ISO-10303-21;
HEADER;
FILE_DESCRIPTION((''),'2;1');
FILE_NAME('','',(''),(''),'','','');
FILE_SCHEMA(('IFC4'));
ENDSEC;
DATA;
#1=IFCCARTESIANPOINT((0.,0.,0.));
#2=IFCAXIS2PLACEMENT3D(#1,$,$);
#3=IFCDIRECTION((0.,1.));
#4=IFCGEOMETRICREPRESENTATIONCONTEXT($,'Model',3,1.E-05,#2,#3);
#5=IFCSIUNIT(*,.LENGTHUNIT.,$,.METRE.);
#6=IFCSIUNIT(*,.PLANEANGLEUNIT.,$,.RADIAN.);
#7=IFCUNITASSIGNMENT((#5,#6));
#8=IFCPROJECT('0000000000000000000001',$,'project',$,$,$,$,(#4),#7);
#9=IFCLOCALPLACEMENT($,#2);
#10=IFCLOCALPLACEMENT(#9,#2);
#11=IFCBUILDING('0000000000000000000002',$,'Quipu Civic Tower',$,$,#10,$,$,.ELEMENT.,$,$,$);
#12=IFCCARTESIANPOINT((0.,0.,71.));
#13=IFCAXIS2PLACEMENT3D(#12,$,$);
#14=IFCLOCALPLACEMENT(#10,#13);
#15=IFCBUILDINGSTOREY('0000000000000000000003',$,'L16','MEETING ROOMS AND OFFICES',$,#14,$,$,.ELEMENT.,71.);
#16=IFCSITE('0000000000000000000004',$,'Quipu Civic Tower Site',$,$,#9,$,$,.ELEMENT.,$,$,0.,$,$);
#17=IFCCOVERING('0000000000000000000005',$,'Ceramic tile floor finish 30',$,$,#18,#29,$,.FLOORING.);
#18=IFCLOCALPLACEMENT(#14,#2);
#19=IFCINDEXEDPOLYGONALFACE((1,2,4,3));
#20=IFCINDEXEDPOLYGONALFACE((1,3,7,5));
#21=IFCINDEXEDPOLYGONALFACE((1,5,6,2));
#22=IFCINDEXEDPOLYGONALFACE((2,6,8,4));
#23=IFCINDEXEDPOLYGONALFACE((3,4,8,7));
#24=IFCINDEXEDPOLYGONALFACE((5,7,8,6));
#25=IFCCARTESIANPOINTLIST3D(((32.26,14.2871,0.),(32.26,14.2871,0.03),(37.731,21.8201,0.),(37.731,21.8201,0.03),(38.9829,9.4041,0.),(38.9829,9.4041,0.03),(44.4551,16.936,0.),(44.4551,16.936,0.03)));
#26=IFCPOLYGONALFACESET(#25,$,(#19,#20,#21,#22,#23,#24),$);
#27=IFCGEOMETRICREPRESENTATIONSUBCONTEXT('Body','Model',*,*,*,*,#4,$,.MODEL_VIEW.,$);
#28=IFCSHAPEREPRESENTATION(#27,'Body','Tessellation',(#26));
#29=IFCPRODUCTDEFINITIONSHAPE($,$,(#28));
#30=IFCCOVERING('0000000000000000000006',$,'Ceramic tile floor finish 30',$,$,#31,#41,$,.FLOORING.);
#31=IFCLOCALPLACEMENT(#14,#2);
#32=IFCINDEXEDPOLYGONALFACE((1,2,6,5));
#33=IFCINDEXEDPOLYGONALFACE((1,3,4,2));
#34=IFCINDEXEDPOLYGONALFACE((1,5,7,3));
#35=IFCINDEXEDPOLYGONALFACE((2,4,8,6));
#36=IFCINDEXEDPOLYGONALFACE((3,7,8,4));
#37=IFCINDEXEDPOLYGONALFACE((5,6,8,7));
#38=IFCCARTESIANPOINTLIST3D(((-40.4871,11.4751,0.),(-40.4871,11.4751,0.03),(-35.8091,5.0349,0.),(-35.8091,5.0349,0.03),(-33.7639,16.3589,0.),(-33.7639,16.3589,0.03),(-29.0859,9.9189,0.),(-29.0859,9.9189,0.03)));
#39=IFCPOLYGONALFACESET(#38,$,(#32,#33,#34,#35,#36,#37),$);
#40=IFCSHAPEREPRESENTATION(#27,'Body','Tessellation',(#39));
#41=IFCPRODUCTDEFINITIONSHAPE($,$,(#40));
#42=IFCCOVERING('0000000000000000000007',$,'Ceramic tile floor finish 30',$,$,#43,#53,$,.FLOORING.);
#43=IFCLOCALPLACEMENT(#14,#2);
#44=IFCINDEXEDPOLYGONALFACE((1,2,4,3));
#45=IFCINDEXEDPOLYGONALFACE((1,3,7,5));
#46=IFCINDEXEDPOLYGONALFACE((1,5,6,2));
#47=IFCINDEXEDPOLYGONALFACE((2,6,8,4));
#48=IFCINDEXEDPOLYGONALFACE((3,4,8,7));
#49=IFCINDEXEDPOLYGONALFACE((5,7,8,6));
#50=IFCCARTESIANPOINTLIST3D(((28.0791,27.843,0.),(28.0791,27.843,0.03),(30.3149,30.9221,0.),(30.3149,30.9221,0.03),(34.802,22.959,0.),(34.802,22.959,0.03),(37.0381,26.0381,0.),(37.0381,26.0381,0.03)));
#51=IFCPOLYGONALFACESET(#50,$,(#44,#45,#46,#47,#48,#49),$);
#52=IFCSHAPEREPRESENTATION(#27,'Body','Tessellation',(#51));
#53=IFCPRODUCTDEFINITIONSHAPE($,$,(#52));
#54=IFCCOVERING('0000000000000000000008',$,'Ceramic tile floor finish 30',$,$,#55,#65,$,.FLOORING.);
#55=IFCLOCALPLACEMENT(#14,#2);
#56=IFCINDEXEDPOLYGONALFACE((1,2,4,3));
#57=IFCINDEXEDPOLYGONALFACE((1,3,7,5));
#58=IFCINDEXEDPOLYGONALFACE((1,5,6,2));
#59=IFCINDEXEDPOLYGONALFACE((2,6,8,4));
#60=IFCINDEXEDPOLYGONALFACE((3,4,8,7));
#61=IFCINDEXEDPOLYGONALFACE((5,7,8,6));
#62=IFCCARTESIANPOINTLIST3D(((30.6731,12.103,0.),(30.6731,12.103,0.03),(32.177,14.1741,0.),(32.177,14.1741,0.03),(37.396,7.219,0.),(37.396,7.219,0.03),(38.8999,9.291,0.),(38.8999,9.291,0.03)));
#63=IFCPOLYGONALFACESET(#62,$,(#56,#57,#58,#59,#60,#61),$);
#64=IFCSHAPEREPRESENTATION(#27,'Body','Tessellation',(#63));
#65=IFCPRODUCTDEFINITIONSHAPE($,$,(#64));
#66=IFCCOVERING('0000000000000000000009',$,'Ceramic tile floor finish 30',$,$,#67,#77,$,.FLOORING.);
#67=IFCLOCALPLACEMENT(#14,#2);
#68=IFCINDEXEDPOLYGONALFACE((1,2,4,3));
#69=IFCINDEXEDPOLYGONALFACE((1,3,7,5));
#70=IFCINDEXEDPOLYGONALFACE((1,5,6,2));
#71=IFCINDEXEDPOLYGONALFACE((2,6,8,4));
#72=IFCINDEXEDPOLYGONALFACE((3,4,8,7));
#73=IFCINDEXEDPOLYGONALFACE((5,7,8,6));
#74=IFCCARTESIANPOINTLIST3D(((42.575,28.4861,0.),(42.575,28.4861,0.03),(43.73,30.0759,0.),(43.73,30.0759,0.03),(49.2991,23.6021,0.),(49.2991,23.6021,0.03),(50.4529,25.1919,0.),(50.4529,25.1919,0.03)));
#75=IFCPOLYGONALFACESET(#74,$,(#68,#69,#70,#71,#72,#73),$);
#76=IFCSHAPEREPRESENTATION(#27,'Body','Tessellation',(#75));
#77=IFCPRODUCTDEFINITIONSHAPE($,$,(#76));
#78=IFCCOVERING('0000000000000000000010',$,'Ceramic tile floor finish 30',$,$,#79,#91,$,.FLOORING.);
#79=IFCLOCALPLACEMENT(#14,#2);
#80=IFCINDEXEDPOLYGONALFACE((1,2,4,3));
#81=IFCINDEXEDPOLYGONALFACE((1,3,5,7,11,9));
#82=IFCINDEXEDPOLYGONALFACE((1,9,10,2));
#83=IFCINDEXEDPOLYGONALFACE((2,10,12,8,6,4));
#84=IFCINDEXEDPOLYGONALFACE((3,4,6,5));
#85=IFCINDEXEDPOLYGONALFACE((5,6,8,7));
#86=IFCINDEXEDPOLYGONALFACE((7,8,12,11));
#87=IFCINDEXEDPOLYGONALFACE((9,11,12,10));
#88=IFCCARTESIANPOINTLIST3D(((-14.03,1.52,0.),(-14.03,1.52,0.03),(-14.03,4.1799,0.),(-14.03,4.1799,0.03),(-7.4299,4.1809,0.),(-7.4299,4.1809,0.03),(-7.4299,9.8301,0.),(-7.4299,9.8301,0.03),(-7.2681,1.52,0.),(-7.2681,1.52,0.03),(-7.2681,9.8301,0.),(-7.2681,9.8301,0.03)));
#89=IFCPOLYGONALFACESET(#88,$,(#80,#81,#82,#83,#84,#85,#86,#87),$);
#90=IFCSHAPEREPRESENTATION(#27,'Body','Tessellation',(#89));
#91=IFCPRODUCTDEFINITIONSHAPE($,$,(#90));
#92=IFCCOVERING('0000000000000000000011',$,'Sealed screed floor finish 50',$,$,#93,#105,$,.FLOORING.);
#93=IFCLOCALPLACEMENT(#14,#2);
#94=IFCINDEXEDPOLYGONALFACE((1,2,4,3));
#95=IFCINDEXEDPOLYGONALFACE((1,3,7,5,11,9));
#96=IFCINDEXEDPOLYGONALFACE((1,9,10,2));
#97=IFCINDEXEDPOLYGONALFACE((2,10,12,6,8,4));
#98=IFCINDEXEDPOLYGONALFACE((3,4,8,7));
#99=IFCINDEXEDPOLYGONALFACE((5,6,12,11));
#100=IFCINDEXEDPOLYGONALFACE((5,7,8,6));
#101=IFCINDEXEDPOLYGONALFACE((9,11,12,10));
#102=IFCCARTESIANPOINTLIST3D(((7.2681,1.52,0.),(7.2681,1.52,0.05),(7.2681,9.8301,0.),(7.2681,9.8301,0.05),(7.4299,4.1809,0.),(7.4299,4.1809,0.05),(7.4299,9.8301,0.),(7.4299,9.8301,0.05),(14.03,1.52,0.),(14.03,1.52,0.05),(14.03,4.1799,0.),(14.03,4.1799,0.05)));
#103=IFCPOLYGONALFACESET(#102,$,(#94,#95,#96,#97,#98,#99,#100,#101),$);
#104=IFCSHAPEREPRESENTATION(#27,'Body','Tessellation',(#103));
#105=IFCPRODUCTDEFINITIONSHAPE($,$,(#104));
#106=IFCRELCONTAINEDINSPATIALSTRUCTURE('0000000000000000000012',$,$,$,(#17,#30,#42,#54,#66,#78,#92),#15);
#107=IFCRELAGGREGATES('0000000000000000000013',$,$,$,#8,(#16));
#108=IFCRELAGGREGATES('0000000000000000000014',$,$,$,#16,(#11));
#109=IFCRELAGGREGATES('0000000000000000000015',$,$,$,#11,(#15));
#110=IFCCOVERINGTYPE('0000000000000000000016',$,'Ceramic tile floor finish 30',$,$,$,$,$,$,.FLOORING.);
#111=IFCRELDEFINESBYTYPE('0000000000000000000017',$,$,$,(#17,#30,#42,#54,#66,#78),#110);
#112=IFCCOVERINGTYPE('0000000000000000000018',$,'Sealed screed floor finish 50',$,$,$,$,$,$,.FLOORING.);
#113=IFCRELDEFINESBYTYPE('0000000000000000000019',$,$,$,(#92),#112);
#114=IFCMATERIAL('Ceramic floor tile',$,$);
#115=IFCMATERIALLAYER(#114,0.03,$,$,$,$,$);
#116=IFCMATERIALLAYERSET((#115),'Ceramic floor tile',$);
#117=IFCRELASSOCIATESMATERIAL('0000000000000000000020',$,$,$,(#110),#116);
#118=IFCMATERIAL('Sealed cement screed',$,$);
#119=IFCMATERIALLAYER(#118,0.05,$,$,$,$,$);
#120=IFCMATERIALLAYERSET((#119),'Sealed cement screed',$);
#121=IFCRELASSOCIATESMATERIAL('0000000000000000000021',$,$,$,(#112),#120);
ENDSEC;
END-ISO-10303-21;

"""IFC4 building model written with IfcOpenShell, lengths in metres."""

from ifc_helpers import new_model, si_unit, direction, frame, origin, place, context, subcontext, project, spatial, polyline, outline, extrude, material, layer, layer_set, type_object, element, save


model = new_model("IFC4")

# Units and contexts
model_context = context("Model", 3, precision=1e-05, world=origin(), true_north=direction((0.0, 1.0)))
body_context = subcontext(model_context, "Body", "Model", "MODEL_VIEW")
ifc_project = project(units=[si_unit("LENGTHUNIT", "METRE"), si_unit("PLANEANGLEUNIT", "RADIAN")], contexts=[model_context])

# Site, building, storey
site_placement = place(None, origin())
site = spatial("IfcSite", under=ifc_project, at=site_placement, Name="Quipu Civic Tower Site", CompositionType="ELEMENT", RefElevation=0.0)
building_placement = place(site_placement, origin())
building = spatial("IfcBuilding", under=site, at=building_placement, Name="Quipu Civic Tower", CompositionType="ELEMENT")
storey_placement = place(building_placement, frame((0.0, 0.0, 71.0)))
storey = spatial("IfcBuildingStorey", under=building, at=storey_placement, Name="L16", Description="MEETING ROOMS AND OFFICES", CompositionType="ELEMENT", Elevation=71.0)

# Coverings
ifc_material_1 = material(Name="Ceramic floor tile")
ifc_layer_1 = layer(ifc_material_1, 0.03)
ifc_layer_set_1 = layer_set([ifc_layer_1], Name="Ceramic floor tile")
covering_type_1 = type_object("IfcCoveringType", Name="Ceramic tile floor finish 30", PredefinedType="FLOORING", material=ifc_layer_set_1)
covering_1_placement = place(storey_placement, origin())
element("IfcCovering", 1, at=covering_1_placement, inside=storey, type_object=covering_type_1, Name="Ceramic tile floor finish 30", PredefinedType="FLOORING", context=body_context, shape_type="SweptSolid", body=[
    extrude(outline(polyline([(32.26, 14.2871), (37.731, 21.8201), (44.4551, 16.936), (38.9829, 9.4041), (32.26, 14.2871)])), origin(), (0.0, 0.0, 1.0), 0.03),
])
covering_2_placement = place(storey_placement, origin())
element("IfcCovering", 2, at=covering_2_placement, inside=storey, type_object=covering_type_1, Name="Ceramic tile floor finish 30", PredefinedType="FLOORING", context=body_context, shape_type="SweptSolid", body=[
    extrude(outline(polyline([(-40.4871, 11.4751), (-33.7639, 16.3589), (-29.0859, 9.9189), (-35.8091, 5.0349), (-40.4871, 11.4751)])), origin(), (0.0, 0.0, 1.0), 0.03),
])
covering_3_placement = place(storey_placement, origin())
element("IfcCovering", 3, at=covering_3_placement, inside=storey, type_object=covering_type_1, Name="Ceramic tile floor finish 30", PredefinedType="FLOORING", context=body_context, shape_type="SweptSolid", body=[
    extrude(outline(polyline([(28.0791, 27.843), (30.3149, 30.9221), (37.0381, 26.0381), (34.802, 22.959), (28.0791, 27.843)])), origin(), (0.0, 0.0, 1.0), 0.03),
])
covering_4_placement = place(storey_placement, origin())
element("IfcCovering", 4, at=covering_4_placement, inside=storey, type_object=covering_type_1, Name="Ceramic tile floor finish 30", PredefinedType="FLOORING", context=body_context, shape_type="SweptSolid", body=[
    extrude(outline(polyline([(30.6731, 12.103), (32.177, 14.1741), (38.8999, 9.291), (37.396, 7.219), (30.6731, 12.103)])), origin(), (0.0, 0.0, 1.0), 0.03),
])
covering_5_placement = place(storey_placement, origin())
element("IfcCovering", 5, at=covering_5_placement, inside=storey, type_object=covering_type_1, Name="Ceramic tile floor finish 30", PredefinedType="FLOORING", context=body_context, shape_type="SweptSolid", body=[
    extrude(outline(polyline([(42.575, 28.4861), (43.73, 30.0759), (50.4529, 25.1919), (49.2991, 23.6021), (42.575, 28.4861)])), origin(), (0.0, 0.0, 1.0), 0.03),
])
covering_6_placement = place(storey_placement, origin())
element("IfcCovering", 6, at=covering_6_placement, inside=storey, type_object=covering_type_1, Name="Ceramic tile floor finish 30", PredefinedType="FLOORING", context=body_context, shape_type="SweptSolid", body=[
    extrude(outline(polyline([(-14.03, 1.52), (-14.03, 4.1799), (-7.4299, 4.1809), (-7.4299, 9.8301), (-7.2681, 9.8301), (-7.2681, 1.52), (-14.03, 1.52)])), origin(), (0.0, 0.0, 1.0), 0.03),
])
ifc_material_2 = material(Name="Sealed cement screed")
ifc_layer_2 = layer(ifc_material_2, 0.05)
ifc_layer_set_2 = layer_set([ifc_layer_2], Name="Sealed cement screed")
covering_type_2 = type_object("IfcCoveringType", Name="Sealed screed floor finish 50", PredefinedType="FLOORING", material=ifc_layer_set_2)
covering_7_placement = place(storey_placement, origin())
element("IfcCovering", 7, at=covering_7_placement, inside=storey, type_object=covering_type_2, Name="Sealed screed floor finish 50", PredefinedType="FLOORING", context=body_context, shape_type="SweptSolid", body=[
    extrude(outline(polyline([(7.2681, 1.52), (7.2681, 9.8301), (7.4299, 9.8301), (7.4299, 4.1809), (14.03, 4.1799), (14.03, 1.52), (7.2681, 1.52)])), origin(), (0.0, 0.0, 1.0), 0.05),
])

save(model, "model.ifc")
